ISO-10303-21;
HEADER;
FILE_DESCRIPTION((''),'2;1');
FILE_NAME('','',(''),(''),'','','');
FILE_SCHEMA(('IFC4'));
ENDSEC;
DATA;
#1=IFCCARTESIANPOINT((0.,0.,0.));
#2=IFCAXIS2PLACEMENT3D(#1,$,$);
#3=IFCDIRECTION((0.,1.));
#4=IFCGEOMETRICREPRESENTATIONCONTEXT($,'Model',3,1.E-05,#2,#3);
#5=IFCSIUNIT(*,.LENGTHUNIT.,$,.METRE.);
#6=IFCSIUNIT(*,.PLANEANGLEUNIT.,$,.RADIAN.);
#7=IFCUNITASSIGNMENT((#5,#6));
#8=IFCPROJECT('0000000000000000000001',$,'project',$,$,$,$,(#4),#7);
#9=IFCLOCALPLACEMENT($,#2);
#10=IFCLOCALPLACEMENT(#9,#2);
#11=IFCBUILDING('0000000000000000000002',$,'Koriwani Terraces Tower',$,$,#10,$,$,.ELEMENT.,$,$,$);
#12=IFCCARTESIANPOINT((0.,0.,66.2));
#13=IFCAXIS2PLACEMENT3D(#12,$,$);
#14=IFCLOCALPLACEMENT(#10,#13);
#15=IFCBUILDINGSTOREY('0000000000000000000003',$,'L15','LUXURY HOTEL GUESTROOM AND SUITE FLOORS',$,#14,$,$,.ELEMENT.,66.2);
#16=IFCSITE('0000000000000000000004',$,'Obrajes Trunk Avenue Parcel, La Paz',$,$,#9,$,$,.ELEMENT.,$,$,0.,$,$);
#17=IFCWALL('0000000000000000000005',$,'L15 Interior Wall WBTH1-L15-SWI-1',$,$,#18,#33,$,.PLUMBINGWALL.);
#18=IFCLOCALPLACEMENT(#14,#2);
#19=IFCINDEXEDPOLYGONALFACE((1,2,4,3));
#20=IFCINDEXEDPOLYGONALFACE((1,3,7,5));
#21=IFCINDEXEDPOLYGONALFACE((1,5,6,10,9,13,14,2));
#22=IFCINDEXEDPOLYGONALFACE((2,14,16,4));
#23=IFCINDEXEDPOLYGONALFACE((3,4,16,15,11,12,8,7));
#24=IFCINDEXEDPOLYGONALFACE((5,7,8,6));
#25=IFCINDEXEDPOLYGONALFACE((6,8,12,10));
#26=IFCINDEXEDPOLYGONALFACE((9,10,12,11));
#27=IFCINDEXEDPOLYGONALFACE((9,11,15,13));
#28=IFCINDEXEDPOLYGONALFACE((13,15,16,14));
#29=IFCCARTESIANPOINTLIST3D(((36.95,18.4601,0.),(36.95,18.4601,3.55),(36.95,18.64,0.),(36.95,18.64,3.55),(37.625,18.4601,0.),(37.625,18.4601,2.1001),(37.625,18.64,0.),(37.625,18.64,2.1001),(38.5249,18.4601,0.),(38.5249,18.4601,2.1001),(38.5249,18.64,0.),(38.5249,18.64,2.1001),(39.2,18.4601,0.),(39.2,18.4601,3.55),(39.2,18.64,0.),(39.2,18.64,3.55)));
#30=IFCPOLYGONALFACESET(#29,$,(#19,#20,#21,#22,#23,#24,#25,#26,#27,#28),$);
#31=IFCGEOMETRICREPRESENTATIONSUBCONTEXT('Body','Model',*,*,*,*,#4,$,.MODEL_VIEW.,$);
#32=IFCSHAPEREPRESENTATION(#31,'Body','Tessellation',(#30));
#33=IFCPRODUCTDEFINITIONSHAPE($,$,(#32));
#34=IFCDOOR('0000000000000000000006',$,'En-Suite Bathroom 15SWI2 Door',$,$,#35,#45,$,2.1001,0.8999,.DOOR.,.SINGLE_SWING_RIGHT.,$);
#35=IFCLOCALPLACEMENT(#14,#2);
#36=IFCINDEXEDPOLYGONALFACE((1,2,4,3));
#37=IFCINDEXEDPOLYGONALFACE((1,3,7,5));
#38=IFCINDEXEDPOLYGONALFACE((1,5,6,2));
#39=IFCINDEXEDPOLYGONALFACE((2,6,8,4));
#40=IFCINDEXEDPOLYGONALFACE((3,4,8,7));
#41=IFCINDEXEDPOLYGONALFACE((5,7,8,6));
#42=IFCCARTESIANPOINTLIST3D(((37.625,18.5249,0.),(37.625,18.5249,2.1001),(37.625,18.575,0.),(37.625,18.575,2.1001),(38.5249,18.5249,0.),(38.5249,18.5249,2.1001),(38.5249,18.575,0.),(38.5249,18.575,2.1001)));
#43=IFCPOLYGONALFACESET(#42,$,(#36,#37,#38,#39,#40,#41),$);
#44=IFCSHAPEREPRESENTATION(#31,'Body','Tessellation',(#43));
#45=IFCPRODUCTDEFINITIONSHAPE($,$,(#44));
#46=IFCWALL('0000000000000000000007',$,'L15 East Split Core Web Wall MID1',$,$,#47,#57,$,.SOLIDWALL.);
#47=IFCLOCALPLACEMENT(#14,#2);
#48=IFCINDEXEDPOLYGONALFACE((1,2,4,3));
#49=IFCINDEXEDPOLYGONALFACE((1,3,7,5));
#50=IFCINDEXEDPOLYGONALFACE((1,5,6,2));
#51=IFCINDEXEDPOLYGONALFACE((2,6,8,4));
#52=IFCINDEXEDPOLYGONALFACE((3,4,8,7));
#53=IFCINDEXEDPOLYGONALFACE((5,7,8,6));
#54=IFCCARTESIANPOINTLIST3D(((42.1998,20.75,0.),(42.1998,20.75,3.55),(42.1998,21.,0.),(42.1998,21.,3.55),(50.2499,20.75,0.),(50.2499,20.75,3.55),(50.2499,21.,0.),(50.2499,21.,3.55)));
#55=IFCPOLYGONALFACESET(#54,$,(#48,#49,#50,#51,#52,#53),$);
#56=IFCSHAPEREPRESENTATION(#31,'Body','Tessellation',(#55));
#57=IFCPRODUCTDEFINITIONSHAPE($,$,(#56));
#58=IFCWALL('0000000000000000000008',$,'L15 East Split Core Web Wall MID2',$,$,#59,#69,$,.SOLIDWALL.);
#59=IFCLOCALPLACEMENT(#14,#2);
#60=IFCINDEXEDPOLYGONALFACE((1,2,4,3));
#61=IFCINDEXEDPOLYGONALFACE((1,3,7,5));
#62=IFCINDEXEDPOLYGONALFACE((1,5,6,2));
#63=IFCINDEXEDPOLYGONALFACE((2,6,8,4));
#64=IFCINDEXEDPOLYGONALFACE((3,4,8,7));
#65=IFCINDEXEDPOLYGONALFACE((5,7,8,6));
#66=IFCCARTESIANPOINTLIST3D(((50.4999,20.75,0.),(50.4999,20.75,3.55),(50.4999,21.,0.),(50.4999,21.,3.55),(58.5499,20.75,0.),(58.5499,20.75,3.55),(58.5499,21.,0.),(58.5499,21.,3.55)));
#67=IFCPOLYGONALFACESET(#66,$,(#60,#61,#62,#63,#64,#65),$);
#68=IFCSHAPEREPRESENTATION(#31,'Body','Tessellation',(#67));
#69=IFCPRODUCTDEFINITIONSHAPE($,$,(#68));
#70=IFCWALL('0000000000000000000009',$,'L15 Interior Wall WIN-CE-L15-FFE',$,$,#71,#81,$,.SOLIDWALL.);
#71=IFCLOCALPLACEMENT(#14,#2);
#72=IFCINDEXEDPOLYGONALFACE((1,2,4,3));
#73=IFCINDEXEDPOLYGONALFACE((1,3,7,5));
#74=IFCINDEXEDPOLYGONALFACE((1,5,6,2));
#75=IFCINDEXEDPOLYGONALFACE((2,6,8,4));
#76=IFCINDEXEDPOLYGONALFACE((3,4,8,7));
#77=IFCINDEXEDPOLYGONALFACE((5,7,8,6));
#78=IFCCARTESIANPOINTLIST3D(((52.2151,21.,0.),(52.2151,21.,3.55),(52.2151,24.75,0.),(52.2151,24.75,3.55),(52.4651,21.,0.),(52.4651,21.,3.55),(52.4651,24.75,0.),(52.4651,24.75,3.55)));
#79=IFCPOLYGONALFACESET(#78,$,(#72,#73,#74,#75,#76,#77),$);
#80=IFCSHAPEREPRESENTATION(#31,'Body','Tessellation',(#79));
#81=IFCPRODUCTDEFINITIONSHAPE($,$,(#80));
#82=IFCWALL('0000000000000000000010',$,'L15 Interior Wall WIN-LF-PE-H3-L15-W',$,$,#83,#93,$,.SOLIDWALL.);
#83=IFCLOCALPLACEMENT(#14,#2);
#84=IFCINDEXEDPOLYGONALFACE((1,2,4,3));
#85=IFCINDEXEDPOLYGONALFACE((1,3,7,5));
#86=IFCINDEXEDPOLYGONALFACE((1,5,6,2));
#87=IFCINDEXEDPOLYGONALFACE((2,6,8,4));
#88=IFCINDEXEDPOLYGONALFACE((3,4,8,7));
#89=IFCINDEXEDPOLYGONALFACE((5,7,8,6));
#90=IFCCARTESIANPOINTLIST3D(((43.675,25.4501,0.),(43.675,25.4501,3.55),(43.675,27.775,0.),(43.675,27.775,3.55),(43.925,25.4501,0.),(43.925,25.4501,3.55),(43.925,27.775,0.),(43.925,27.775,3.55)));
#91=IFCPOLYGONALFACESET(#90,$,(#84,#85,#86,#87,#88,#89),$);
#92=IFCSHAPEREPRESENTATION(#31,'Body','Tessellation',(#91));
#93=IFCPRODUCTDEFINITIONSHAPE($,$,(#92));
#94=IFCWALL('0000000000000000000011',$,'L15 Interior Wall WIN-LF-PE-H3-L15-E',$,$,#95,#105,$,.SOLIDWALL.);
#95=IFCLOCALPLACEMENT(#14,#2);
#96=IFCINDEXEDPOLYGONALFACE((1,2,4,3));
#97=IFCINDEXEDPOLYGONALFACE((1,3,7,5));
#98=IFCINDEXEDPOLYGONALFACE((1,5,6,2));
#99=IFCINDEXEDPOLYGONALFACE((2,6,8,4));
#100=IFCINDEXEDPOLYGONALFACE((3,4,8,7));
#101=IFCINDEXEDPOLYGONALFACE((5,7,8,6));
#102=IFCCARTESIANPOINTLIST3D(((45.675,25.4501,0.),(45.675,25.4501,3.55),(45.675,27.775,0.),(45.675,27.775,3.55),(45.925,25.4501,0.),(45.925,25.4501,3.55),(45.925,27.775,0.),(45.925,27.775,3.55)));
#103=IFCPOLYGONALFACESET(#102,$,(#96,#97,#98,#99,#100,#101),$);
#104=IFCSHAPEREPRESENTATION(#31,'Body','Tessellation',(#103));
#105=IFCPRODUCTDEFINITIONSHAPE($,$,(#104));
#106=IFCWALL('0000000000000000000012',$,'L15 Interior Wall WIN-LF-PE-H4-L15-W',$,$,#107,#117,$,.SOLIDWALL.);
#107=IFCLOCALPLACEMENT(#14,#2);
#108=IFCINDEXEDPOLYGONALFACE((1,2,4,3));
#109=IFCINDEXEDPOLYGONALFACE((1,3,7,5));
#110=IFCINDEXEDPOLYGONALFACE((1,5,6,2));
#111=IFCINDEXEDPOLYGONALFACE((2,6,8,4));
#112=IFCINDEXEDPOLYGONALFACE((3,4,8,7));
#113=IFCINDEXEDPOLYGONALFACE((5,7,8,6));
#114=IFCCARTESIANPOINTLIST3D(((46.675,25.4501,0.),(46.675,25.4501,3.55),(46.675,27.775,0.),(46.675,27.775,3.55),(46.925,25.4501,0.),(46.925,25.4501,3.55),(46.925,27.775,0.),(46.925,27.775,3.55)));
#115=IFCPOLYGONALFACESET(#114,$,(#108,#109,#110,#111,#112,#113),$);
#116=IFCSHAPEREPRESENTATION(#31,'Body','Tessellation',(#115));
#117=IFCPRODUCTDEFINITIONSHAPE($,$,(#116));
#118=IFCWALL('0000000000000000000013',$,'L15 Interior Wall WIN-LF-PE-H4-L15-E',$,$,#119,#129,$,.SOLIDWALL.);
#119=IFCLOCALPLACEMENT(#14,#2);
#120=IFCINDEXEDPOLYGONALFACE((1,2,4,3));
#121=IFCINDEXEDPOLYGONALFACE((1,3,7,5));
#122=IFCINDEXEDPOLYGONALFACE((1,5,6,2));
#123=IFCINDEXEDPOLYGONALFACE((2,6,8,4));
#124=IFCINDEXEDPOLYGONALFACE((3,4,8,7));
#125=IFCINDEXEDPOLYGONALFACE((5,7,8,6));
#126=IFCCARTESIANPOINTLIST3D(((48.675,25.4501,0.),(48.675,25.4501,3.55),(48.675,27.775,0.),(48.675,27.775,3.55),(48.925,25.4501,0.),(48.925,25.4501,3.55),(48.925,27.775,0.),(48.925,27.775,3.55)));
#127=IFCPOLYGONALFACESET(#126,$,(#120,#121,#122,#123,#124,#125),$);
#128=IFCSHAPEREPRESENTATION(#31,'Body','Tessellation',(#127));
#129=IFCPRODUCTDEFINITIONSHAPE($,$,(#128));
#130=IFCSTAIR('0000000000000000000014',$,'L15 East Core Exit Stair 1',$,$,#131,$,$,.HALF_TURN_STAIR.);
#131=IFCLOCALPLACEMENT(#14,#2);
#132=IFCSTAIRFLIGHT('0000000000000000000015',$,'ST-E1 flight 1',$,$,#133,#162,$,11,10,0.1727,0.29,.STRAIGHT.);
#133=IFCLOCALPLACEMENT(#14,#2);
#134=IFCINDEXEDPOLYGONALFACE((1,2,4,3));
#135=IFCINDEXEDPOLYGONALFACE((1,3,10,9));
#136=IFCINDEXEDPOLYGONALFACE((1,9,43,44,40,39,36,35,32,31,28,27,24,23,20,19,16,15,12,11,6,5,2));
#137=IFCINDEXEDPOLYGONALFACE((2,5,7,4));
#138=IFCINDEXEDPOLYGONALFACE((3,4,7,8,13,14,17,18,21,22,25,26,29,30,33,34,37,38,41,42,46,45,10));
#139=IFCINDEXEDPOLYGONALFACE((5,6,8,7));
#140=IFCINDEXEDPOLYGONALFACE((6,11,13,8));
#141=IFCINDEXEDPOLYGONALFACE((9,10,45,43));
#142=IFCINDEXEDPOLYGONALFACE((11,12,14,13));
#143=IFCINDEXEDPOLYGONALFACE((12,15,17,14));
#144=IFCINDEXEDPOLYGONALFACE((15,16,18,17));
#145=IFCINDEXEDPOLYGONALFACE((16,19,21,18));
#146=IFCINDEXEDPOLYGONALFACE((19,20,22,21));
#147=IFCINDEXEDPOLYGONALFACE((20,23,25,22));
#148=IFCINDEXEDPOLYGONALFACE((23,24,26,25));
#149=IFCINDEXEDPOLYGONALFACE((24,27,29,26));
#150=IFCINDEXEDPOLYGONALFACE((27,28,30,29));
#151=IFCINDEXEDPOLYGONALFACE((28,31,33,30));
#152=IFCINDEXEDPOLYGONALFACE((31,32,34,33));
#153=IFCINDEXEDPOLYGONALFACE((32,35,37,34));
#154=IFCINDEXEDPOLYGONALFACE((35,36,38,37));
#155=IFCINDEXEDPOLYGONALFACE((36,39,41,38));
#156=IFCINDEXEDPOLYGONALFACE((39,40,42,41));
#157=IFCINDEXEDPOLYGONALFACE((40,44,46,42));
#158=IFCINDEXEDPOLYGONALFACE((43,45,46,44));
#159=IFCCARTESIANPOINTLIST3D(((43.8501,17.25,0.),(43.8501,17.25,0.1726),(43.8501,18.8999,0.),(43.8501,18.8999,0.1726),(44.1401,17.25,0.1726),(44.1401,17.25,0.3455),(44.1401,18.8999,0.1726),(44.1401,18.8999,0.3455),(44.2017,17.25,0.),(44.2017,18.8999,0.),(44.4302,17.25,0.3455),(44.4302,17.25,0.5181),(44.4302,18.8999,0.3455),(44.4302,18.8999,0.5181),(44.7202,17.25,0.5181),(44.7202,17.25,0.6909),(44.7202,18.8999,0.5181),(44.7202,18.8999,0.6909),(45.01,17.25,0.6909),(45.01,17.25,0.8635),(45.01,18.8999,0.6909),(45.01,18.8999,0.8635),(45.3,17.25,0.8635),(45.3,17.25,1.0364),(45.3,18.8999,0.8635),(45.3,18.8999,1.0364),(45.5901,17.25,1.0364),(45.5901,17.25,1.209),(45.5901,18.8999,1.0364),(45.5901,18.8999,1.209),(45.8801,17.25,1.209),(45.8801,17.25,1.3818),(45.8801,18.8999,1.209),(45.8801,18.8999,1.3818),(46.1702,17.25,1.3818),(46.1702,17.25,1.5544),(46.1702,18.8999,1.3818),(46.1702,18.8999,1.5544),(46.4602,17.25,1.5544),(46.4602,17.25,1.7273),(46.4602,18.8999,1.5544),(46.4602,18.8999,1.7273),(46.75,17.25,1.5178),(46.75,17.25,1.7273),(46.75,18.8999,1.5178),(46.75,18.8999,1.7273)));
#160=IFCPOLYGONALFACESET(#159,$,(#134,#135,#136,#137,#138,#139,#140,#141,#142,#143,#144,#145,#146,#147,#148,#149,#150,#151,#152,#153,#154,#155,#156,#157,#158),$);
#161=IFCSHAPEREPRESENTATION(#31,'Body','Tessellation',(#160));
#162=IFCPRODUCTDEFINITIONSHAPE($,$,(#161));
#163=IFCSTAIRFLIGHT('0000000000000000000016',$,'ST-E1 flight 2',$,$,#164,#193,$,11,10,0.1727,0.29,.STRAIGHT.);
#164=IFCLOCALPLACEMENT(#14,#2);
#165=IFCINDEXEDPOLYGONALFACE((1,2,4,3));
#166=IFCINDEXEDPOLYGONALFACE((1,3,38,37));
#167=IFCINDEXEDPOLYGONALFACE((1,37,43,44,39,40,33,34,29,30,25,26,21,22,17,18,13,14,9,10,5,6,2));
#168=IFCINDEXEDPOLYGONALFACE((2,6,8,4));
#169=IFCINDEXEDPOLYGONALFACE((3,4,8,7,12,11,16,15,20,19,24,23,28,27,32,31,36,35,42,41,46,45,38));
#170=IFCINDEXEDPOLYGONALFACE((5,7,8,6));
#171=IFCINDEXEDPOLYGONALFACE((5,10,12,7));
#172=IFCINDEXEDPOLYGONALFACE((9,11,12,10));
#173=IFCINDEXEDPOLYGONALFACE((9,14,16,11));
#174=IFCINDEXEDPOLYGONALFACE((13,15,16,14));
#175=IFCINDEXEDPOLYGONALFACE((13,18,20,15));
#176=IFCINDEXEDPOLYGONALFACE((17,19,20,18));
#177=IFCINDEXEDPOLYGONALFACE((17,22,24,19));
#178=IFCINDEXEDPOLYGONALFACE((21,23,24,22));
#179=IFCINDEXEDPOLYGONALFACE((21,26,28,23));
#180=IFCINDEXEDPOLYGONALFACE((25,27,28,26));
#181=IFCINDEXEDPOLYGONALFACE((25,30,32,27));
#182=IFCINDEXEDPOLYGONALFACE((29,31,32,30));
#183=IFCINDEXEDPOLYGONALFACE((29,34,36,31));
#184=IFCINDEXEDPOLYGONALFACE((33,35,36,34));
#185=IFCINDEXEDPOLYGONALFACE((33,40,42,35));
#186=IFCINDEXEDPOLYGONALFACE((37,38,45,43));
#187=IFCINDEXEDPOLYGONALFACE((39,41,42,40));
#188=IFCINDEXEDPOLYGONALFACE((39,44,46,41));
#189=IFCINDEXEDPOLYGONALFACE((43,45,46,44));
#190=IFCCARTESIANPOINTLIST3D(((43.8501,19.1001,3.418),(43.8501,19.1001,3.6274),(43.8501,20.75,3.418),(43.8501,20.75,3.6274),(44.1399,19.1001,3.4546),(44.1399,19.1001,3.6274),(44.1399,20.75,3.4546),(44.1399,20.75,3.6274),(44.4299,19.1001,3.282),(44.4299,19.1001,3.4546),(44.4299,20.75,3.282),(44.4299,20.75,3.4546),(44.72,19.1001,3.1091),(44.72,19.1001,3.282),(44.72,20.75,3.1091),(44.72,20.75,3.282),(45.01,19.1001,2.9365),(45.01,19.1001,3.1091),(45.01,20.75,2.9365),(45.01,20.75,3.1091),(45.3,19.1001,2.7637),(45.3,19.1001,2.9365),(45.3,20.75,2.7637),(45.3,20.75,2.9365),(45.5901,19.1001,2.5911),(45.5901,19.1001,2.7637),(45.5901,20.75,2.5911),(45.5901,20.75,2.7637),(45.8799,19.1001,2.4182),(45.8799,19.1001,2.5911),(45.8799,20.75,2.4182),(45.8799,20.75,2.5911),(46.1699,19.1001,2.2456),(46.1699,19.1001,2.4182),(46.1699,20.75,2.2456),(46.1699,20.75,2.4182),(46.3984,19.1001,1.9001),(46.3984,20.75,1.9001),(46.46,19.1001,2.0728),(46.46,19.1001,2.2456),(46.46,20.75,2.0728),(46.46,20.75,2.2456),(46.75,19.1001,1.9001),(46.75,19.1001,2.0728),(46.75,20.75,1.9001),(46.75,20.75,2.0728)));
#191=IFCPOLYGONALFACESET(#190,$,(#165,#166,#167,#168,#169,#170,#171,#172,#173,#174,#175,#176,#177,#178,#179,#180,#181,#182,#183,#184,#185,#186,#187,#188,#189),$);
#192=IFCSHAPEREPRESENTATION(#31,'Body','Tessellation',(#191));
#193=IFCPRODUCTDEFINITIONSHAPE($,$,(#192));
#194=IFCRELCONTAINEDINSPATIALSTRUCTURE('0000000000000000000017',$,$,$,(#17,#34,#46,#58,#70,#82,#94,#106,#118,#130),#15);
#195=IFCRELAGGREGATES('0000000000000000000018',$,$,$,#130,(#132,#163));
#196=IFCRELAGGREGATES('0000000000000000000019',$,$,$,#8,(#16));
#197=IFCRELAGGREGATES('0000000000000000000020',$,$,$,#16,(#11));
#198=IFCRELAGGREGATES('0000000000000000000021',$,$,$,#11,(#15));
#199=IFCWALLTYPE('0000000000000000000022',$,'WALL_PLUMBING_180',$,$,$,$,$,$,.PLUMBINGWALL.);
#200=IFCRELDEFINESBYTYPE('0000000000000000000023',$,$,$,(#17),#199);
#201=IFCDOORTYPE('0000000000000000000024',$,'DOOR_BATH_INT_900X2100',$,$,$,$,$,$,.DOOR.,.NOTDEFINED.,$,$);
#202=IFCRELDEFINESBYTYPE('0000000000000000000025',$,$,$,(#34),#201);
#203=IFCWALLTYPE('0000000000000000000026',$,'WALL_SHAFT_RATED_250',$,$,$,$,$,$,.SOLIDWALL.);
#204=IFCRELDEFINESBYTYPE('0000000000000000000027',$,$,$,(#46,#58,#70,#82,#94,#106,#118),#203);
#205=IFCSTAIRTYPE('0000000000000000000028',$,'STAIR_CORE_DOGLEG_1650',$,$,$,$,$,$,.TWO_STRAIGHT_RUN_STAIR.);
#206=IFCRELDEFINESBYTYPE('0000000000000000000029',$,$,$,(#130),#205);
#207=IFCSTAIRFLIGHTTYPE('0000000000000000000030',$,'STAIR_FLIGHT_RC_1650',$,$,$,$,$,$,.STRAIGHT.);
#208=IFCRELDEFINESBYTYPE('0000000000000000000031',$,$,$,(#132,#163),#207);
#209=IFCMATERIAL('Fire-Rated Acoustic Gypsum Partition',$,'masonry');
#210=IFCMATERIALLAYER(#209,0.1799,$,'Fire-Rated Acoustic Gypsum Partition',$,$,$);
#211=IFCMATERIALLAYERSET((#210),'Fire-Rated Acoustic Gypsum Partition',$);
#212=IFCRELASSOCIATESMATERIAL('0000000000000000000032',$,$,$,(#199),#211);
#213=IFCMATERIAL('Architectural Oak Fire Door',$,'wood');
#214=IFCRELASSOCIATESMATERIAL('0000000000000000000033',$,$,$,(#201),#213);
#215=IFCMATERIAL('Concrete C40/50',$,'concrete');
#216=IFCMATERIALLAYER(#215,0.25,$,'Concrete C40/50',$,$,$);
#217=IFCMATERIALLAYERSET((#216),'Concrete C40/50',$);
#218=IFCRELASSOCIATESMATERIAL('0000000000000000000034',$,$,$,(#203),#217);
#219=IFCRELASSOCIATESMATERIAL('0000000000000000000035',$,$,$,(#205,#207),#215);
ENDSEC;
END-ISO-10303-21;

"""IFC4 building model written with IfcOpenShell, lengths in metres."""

from ifc_helpers import new_model, si_unit, direction, frame, frame_2d, origin, place, context, subcontext, project, spatial, polyline, rectangle, outline, extrude, material, layer, layer_set, type_object, element, fill, aggregate, save


model = new_model("IFC4")

# Units and contexts
model_context = context("Model", 3, precision=1e-05, world=origin(), true_north=direction((0.0, 1.0)))
body_context = subcontext(model_context, "Body", "Model", "MODEL_VIEW")
ifc_project = project(units=[si_unit("LENGTHUNIT", "METRE"), si_unit("PLANEANGLEUNIT", "RADIAN")], contexts=[model_context])

# Site, building, storey
site_placement = place(None, origin())
site = spatial("IfcSite", under=ifc_project, at=site_placement, Name="Obrajes Trunk Avenue Parcel, La Paz", CompositionType="ELEMENT", RefElevation=0.0)
building_placement = place(site_placement, origin())
building = spatial("IfcBuilding", under=site, at=building_placement, Name="Koriwani Terraces Tower", CompositionType="ELEMENT")
storey_placement = place(building_placement, frame((0.0, 0.0, 66.2)))
storey = spatial("IfcBuildingStorey", under=building, at=storey_placement, Name="L15", Description="LUXURY HOTEL GUESTROOM AND SUITE FLOORS", CompositionType="ELEMENT", Elevation=66.2)

# Wall, opening, door
ifc_material_1 = material(Name="Fire-Rated Acoustic Gypsum Partition", Category="masonry")
ifc_layer_1 = layer(ifc_material_1, 0.1799, Name="Fire-Rated Acoustic Gypsum Partition")
ifc_layer_set_1 = layer_set([ifc_layer_1], Name="Fire-Rated Acoustic Gypsum Partition")
wall_type_1 = type_object("IfcWallType", Name="WALL_PLUMBING_180", PredefinedType="PLUMBINGWALL", material=ifc_layer_set_1)
ifc_material_2 = material(Name="Architectural Oak Fire Door", Category="wood")
door_type_1 = type_object("IfcDoorType", Name="DOOR_BATH_INT_900X2100", OperationType="NOTDEFINED", PredefinedType="DOOR", material=ifc_material_2)
wall_1_placement = place(storey_placement, frame((36.95, 18.55, 0.0), z_axis=(0.0, 0.0, 1.0), x_axis=(1.0, 0.0, 0.0)))
wall_1 = element("IfcWall", 1, at=wall_1_placement, inside=storey, type_object=wall_type_1, Name="L15 Interior Wall WBTH1-L15-SWI-1", PredefinedType="PLUMBINGWALL", context=body_context, shape_type="SweptSolid", body=[
    extrude(rectangle(XDim=2.25, YDim=0.1799, at=frame_2d((1.125, 0.0))), origin(), (0.0, 0.0, 1.0), 3.55),
])
opening_1_placement = place(wall_1_placement, frame((0.675, 0.0, 0.0)))
opening_1 = element("IfcOpeningElement", 2, at=opening_1_placement, cuts=wall_1, PredefinedType="OPENING", context=body_context, shape_type="SweptSolid", body=[
    extrude(rectangle(XDim=0.8999, YDim=2.1001, at=frame_2d((0.45, 1.05))), frame((0.0, 0.1001, 0.0), z_axis=(0.0, -1.0, 0.0), x_axis=(1.0, 0.0, 0.0)), (0.0, 0.0, 1.0), 0.2),
])
door_1_placement = place(opening_1_placement, origin())
door_1 = element("IfcDoor", 3, at=door_1_placement, inside=storey, type_object=door_type_1, Name="En-Suite Bathroom 15SWI2 Door", OperationType="SINGLE_SWING_RIGHT", OverallHeight=2.1001, OverallWidth=0.8999, PredefinedType="DOOR", context=body_context, shape_type="SweptSolid", body=[
    extrude(rectangle(XDim=0.8999, YDim=2.1001, at=frame_2d((0.45, 1.05))), frame((0.0, 0.0249, 0.0), z_axis=(0.0, -1.0, 0.0), x_axis=(1.0, 0.0, 0.0)), (0.0, 0.0, 1.0), 0.05),
])
fill(opening_1, door_1)

# Walls
ifc_material_3 = material(Name="Concrete C40/50", Category="concrete")
ifc_layer_2 = layer(ifc_material_3, 0.25, Name="Concrete C40/50")
ifc_layer_set_2 = layer_set([ifc_layer_2], Name="Concrete C40/50")
wall_type_2 = type_object("IfcWallType", Name="WALL_SHAFT_RATED_250", PredefinedType="SOLIDWALL", material=ifc_layer_set_2)
for number, where, z_axis, x_axis, name in (
    (4, (42.2, 20.875, 0.0), (0.0, 0.0, 1.0), (1.0, 0.0, 0.0), "L15 East Split Core Web Wall MID1"),
    (5, (50.5, 20.875, 0.0), (0.0, 0.0, 1.0), (1.0, 0.0, 0.0), "L15 East Split Core Web Wall MID2"),
):
    element("IfcWall", number, at=place(storey_placement, frame(where, z_axis=z_axis, x_axis=x_axis)), inside=storey, type_object=wall_type_2, Name=name, PredefinedType="SOLIDWALL", context=body_context, shape_type="SweptSolid", body=[
        extrude(rectangle(XDim=8.05, YDim=0.25, at=frame_2d((4.0249, 0.0))), origin(), (0.0, 0.0, 1.0), 3.55),
    ])

# Walls
wall_2_placement = place(storey_placement, frame((52.3401, 21.0, 0.0), z_axis=(0.0, 0.0, 1.0), x_axis=(0.0, 1.0, 0.0)))
element("IfcWall", 6, at=wall_2_placement, inside=storey, type_object=wall_type_2, Name="L15 Interior Wall WIN-CE-L15-FFE", PredefinedType="SOLIDWALL", context=body_context, shape_type="SweptSolid", body=[
    extrude(rectangle(XDim=3.75, YDim=0.25, at=frame_2d((1.875, 0.0))), origin(), (0.0, 0.0, 1.0), 3.55),
])
for number, where, z_axis, x_axis, name in (
    (7, (43.8, 25.45, 0.0), (0.0, 0.0, 1.0), (0.0, 1.0, 0.0), "L15 Interior Wall WIN-LF-PE-H3-L15-W"),
    (8, (45.8, 25.45, 0.0), (0.0, 0.0, 1.0), (0.0, 1.0, 0.0), "L15 Interior Wall WIN-LF-PE-H3-L15-E"),
    (9, (46.8, 25.45, 0.0), (0.0, 0.0, 1.0), (0.0, 1.0, 0.0), "L15 Interior Wall WIN-LF-PE-H4-L15-W"),
    (10, (48.8, 25.45, 0.0), (0.0, 0.0, 1.0), (0.0, 1.0, 0.0), "L15 Interior Wall WIN-LF-PE-H4-L15-E"),
):
    element("IfcWall", number, at=place(storey_placement, frame(where, z_axis=z_axis, x_axis=x_axis)), inside=storey, type_object=wall_type_2, Name=name, PredefinedType="SOLIDWALL", context=body_context, shape_type="SweptSolid", body=[
        extrude(rectangle(XDim=2.325, YDim=0.25, at=frame_2d((1.1626, 0.0))), origin(), (0.0, 0.0, 1.0), 3.55),
    ])

# Stair, stair flights
stair_type = type_object("IfcStairType", Name="STAIR_CORE_DOGLEG_1650", PredefinedType="TWO_STRAIGHT_RUN_STAIR", material=ifc_material_3)
stair_placement = place(storey_placement, origin())
stair = element("IfcStair", 11, at=stair_placement, inside=storey, type_object=stair_type, Name="L15 East Core Exit Stair 1", PredefinedType="HALF_TURN_STAIR")
stair_flight_type = type_object("IfcStairFlightType", Name="STAIR_FLIGHT_RC_1650", PredefinedType="STRAIGHT", material=ifc_material_3)
stair_flight_1_placement = place(storey_placement, frame((43.8501, 18.075, 0.0), z_axis=(0.0, 0.0, 1.0), x_axis=(1.0, 0.0, 0.0)))
stair_flight_1 = element("IfcStairFlight", 12, at=stair_flight_1_placement, type_object=stair_flight_type, Name="ST-E1 flight 1", NumberOfRisers=11, NumberOfTreads=10, PredefinedType="STRAIGHT", RiserHeight=0.1727, TreadLength=0.29, context=body_context, shape_type="SweptSolid", body=[
    extrude(outline(polyline([(0.0, 0.0), (0.0, 0.1726), (0.29, 0.1726), (0.29, 0.3455), (0.5801, 0.3455), (0.5801, 0.5181), (0.8701, 0.5181), (0.8701, 0.6909), (1.1599, 0.6909), (1.1599, 0.8635), (1.45, 0.8635), (1.45, 1.0364), (1.74, 1.0364), (1.74, 1.209), (2.03, 1.209), (2.03, 1.3818), (2.3201, 1.3818), (2.3201, 1.5544), (2.6101, 1.5544), (2.6101, 1.7273), (2.8999, 1.7273), (2.8999, 1.8999), (2.8999, 1.5178), (0.3516, 0.0), (0.0, 0.0)])), frame((0.0, 0.825, 0.0), z_axis=(0.0, -1.0, 0.0), x_axis=(1.0, 0.0, 0.0)), (0.0, 0.0, 1.0), 1.6499),
])
stair_flight_2_placement = place(storey_placement, frame((46.75, 19.925, 1.9001), z_axis=(0.0, 0.0, 1.0), x_axis=(-1.0, 0.0, 0.0)))
stair_flight_2 = element("IfcStairFlight", 13, at=stair_flight_2_placement, type_object=stair_flight_type, Name="ST-E1 flight 2", NumberOfRisers=11, NumberOfTreads=10, PredefinedType="STRAIGHT", RiserHeight=0.1727, TreadLength=0.29, context=body_context, shape_type="SweptSolid", body=[
    extrude(outline(polyline([(0.0, 0.0), (0.0, 0.1726), (0.29, 0.1726), (0.29, 0.3455), (0.5801, 0.3455), (0.5801, 0.5181), (0.8701, 0.5181), (0.8701, 0.6909), (1.1599, 0.6909), (1.1599, 0.8635), (1.45, 0.8635), (1.45, 1.0364), (1.74, 1.0364), (1.74, 1.209), (2.03, 1.209), (2.03, 1.3818), (2.3201, 1.3818), (2.3201, 1.5544), (2.6101, 1.5544), (2.6101, 1.7273), (2.8999, 1.7273), (2.8999, 1.8999), (2.8999, 1.5178), (0.3516, 0.0), (0.0, 0.0)])), frame((0.0, 0.825, 0.0), z_axis=(0.0, -1.0, 0.0), x_axis=(1.0, 0.0, 0.0)), (0.0, 0.0, 1.0), 1.6499),
])
aggregate(stair, [stair_flight_1, stair_flight_2])

save(model, "model.ifc")
